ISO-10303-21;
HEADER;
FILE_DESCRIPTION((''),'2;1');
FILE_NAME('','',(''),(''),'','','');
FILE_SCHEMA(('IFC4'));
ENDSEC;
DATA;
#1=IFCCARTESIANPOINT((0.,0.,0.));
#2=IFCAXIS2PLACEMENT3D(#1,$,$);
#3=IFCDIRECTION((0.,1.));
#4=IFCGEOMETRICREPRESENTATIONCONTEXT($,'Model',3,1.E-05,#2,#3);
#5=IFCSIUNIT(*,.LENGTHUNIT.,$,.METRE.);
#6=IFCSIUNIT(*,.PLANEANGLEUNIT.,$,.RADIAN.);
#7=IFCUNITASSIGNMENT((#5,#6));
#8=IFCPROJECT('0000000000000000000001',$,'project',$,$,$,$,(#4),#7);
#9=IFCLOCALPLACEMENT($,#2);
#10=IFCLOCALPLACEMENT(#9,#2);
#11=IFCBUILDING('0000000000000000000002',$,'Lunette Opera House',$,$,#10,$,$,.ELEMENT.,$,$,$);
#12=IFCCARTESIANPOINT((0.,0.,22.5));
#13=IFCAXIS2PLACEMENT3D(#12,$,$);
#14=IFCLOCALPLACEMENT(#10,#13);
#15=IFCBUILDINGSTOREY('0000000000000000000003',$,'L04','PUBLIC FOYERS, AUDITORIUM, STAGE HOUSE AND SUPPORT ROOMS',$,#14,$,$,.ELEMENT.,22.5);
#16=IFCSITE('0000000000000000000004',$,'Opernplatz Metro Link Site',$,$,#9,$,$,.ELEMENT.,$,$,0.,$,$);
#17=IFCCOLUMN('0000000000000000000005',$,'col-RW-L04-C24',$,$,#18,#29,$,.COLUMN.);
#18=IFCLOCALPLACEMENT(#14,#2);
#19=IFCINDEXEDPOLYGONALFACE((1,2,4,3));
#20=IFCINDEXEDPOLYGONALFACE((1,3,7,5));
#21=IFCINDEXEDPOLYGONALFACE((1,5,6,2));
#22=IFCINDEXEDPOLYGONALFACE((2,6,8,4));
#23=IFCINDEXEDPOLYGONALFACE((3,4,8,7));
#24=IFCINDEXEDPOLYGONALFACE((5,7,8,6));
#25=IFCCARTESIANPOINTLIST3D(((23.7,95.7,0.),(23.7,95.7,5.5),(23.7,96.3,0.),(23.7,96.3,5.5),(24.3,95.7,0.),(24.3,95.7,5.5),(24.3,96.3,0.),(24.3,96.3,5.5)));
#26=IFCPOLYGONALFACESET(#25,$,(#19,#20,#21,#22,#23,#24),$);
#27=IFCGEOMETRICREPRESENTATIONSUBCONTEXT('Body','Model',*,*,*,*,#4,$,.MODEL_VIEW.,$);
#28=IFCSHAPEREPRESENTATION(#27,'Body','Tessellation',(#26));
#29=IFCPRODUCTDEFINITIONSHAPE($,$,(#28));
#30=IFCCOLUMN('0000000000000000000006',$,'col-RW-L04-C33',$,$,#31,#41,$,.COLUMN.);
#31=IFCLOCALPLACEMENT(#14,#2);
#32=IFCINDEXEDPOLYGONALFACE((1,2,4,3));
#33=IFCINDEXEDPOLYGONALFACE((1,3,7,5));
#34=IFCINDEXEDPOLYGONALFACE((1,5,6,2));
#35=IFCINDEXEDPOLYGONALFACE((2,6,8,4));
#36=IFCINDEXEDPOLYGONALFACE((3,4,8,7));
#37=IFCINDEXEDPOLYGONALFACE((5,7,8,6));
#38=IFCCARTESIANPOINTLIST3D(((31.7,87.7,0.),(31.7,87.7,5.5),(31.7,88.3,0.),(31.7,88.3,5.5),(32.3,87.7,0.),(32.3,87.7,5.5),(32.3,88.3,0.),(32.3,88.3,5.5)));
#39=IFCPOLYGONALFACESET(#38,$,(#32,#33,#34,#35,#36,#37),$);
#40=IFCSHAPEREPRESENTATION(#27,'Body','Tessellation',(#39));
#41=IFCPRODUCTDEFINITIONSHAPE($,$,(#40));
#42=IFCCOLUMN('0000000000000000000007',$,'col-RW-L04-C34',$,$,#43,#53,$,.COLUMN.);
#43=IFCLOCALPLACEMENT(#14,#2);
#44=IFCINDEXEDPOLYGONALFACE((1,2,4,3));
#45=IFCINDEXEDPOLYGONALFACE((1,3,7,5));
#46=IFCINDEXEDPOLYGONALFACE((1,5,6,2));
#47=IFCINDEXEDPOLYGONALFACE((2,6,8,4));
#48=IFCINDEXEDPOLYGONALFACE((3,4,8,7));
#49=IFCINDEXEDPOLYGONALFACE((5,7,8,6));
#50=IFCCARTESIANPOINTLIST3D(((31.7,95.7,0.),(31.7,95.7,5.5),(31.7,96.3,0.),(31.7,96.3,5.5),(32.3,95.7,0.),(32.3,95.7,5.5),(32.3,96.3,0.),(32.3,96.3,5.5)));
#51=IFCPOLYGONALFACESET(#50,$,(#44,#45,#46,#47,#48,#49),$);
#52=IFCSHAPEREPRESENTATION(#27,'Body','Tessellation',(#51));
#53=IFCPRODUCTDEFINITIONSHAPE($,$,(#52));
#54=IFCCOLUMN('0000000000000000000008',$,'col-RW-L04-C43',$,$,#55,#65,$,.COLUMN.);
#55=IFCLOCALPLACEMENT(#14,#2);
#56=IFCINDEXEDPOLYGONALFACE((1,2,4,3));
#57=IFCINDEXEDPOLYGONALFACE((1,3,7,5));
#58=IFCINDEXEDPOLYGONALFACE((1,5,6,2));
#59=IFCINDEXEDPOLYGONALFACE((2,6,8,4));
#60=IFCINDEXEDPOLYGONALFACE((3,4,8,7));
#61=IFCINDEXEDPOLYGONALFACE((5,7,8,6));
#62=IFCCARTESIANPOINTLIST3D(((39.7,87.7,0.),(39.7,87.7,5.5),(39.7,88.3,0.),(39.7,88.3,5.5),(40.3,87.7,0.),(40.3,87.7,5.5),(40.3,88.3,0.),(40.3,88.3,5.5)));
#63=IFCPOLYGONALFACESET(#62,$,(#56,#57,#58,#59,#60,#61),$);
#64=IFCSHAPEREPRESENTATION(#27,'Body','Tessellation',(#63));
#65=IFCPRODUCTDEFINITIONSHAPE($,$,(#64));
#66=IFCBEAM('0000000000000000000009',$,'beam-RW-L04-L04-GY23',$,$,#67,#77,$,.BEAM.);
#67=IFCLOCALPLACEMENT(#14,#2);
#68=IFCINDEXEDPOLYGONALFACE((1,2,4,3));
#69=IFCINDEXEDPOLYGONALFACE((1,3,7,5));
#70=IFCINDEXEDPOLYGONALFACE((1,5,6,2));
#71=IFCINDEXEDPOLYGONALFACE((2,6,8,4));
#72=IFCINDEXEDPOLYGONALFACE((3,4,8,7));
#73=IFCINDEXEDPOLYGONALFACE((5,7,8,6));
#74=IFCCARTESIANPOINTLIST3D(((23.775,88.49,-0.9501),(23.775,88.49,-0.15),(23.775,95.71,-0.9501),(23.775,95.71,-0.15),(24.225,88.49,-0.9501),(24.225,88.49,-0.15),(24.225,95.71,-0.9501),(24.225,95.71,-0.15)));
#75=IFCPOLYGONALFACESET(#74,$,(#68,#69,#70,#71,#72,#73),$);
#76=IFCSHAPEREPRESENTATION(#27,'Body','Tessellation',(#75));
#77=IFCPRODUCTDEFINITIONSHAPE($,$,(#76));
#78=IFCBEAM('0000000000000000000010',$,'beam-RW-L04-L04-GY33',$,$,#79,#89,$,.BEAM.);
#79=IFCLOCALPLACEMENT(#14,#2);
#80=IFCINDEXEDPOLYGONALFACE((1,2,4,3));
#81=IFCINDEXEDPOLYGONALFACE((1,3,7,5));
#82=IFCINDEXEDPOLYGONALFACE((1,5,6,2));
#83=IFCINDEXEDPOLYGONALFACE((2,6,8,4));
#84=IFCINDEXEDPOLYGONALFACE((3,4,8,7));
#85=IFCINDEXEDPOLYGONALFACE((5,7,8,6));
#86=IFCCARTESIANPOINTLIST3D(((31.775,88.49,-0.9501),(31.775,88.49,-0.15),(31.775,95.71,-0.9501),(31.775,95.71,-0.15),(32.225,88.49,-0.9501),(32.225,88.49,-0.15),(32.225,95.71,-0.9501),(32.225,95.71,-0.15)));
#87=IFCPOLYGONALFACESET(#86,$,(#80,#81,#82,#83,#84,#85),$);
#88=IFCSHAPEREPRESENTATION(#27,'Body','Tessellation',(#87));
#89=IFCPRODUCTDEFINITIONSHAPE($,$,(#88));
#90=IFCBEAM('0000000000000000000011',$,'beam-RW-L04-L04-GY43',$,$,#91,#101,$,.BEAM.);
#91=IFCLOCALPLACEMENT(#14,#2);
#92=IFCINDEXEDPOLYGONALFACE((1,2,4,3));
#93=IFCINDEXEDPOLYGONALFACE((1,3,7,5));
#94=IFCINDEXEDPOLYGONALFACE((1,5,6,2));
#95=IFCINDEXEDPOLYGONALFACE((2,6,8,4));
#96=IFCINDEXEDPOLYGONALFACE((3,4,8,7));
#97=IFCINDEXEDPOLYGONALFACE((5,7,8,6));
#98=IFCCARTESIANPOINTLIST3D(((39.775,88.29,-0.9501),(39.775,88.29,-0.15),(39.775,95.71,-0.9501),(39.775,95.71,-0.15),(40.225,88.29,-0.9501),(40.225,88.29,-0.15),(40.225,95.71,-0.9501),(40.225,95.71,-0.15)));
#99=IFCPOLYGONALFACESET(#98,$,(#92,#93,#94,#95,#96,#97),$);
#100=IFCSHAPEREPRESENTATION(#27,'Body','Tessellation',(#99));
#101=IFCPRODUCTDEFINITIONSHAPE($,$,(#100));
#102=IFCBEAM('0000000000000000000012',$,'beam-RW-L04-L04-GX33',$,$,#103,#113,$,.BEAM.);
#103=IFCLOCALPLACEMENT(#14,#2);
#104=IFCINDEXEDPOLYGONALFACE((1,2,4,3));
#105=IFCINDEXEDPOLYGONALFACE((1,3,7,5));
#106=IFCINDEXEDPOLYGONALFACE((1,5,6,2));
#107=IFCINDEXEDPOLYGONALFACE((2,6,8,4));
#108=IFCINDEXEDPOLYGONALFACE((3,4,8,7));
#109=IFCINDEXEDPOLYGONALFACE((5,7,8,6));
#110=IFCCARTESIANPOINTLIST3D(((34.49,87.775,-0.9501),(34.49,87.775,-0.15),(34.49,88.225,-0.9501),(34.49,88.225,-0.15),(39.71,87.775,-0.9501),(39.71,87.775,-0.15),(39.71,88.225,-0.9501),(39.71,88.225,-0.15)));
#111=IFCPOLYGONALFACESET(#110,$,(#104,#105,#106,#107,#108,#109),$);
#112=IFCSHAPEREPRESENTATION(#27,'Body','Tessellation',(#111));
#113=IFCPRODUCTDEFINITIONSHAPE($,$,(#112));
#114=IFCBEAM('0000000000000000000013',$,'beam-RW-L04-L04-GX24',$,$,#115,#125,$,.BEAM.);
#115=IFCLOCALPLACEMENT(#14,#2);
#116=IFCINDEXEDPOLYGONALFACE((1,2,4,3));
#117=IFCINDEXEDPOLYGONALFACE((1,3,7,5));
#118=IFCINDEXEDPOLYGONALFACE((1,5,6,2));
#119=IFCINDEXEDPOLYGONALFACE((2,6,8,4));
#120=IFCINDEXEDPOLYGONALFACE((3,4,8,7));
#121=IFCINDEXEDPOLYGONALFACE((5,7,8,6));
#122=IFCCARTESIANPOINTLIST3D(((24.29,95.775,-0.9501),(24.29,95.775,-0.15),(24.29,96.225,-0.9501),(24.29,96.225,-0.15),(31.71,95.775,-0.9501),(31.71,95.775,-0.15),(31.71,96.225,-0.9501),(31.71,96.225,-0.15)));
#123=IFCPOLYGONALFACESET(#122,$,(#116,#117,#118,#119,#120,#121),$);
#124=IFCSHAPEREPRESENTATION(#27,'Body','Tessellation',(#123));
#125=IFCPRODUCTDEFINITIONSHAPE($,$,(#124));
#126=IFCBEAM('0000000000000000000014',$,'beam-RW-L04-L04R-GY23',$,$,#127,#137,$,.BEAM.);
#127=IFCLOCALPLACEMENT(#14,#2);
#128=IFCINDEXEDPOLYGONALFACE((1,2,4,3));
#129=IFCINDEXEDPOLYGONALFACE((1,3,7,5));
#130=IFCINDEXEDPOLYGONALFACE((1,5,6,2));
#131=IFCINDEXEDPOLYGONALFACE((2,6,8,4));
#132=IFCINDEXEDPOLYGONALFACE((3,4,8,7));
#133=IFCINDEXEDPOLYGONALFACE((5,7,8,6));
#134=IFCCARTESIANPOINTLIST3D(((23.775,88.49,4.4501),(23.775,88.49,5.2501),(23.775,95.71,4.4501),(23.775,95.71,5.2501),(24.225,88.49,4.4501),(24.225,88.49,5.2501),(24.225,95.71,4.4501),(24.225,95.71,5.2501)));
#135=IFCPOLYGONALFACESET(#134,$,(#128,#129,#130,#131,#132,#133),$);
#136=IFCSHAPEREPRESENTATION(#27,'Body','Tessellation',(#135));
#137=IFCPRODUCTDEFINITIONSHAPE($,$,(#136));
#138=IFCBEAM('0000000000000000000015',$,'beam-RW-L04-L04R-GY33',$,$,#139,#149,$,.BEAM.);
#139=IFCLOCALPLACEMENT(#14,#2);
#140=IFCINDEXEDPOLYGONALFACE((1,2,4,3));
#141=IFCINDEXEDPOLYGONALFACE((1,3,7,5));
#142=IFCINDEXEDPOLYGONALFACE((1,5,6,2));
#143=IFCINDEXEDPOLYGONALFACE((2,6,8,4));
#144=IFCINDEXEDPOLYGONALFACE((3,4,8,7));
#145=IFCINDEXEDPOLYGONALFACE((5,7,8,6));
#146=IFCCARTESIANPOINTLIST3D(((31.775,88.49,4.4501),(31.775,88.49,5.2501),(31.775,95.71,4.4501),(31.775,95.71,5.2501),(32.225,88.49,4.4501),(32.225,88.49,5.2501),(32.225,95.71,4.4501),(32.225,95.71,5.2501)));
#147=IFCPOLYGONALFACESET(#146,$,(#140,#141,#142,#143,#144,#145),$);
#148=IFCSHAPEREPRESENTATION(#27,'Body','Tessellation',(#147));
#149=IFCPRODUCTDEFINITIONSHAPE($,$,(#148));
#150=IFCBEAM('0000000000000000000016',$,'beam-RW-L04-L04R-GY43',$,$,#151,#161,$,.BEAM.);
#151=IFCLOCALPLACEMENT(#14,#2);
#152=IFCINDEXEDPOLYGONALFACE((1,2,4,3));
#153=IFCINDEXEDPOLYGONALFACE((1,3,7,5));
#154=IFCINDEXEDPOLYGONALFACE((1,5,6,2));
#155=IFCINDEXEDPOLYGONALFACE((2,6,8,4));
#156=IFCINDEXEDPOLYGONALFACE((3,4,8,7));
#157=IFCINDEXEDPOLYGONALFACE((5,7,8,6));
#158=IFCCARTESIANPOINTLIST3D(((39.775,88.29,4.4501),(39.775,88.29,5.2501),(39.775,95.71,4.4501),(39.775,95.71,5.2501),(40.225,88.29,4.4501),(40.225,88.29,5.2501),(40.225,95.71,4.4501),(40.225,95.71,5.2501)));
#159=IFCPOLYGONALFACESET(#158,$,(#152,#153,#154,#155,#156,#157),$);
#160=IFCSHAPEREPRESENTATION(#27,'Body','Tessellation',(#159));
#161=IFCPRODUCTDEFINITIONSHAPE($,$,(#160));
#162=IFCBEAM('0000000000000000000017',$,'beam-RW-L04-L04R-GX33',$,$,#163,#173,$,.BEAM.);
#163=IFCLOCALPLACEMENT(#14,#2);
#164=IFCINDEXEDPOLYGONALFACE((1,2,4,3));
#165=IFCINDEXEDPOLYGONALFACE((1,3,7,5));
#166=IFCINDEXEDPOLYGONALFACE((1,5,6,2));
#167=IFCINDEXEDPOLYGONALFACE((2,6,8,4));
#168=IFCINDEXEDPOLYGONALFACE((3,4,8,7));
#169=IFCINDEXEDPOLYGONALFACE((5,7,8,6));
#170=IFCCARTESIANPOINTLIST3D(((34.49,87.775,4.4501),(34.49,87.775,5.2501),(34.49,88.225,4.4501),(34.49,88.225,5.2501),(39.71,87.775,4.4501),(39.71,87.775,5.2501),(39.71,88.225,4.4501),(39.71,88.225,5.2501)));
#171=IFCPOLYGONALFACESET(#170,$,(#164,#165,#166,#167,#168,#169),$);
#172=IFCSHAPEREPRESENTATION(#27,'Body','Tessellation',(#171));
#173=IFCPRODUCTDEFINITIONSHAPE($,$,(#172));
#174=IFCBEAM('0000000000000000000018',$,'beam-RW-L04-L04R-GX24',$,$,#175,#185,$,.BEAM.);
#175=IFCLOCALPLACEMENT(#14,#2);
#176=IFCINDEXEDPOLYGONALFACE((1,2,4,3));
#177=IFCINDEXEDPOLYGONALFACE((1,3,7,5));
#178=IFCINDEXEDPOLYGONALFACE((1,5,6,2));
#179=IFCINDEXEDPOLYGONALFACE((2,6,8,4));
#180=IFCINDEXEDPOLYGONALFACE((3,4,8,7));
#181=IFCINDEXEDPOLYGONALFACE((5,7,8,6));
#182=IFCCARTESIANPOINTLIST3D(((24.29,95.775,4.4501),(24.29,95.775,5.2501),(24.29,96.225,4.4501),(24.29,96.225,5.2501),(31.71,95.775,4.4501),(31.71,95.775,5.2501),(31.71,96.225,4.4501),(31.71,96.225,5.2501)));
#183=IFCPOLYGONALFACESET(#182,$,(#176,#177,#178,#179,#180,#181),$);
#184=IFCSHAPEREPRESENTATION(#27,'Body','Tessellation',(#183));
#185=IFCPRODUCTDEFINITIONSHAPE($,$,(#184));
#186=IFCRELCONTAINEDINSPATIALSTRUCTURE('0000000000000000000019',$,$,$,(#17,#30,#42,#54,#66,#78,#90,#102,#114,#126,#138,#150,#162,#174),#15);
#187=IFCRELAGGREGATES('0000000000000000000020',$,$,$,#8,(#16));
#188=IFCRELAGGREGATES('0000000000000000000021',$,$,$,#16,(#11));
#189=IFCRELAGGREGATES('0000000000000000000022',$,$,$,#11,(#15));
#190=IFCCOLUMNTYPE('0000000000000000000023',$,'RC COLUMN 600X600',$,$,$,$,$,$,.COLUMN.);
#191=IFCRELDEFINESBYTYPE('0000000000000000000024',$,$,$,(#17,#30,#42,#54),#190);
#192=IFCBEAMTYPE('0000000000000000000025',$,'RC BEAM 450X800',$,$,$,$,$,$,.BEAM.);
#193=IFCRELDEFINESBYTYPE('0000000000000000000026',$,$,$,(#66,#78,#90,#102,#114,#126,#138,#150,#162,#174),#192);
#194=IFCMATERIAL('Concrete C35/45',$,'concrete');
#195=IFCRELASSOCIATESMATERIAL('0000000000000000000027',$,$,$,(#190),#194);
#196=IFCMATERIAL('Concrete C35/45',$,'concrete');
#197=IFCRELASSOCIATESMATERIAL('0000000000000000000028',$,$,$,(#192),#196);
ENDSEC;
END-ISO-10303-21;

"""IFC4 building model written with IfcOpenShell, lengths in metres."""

from ifc_helpers import new_model, si_unit, direction, frame, origin, origin_2d, place, context, subcontext, project, spatial, rectangle, extrude, material, material_profile, profile_set, type_object, element, save


model = new_model("IFC4")

# Units and contexts
model_context = context("Model", 3, precision=1e-05, world=origin(), true_north=direction((0.0, 1.0)))
body_context = subcontext(model_context, "Body", "Model", "MODEL_VIEW")
ifc_project = project(units=[si_unit("LENGTHUNIT", "METRE"), si_unit("PLANEANGLEUNIT", "RADIAN")], contexts=[model_context])

# Site, building, storey
site_placement = place(None, origin())
site = spatial("IfcSite", under=ifc_project, at=site_placement, Name="Opernplatz Metro Link Site", CompositionType="ELEMENT", RefElevation=0.0)
building_placement = place(site_placement, origin())
building = spatial("IfcBuilding", under=site, at=building_placement, Name="Lunette Opera House", CompositionType="ELEMENT")
storey_placement = place(building_placement, frame((0.0, 0.0, 22.5)))
storey = spatial("IfcBuildingStorey", under=building, at=storey_placement, Name="L04", Description="PUBLIC FOYERS, AUDITORIUM, STAGE HOUSE AND SUPPORT ROOMS", CompositionType="ELEMENT", Elevation=22.5)

# Columns
ifc_material_1 = material(Name="Concrete C35/45", Category="concrete")
ifc_material_profile_1 = material_profile(ifc_material_1, rectangle(XDim=0.6001, YDim=0.6001, at=origin_2d()), Name="RC COLUMN 600X600")
ifc_profile_set_1 = profile_set([ifc_material_profile_1], Name="Concrete C35/45")
column_type = type_object("IfcColumnType", Name="RC COLUMN 600X600", PredefinedType="COLUMN", material=ifc_profile_set_1)
for number, where, z_axis, x_axis, name in (
    (1, (24.0, 96.0, 0.0), (0.0, 0.0, 1.0), (1.0, 0.0, 0.0), "col-RW-L04-C24"),
    (2, (32.0, 88.0, 0.0), (0.0, 0.0, 1.0), (1.0, 0.0, 0.0), "col-RW-L04-C33"),
    (3, (32.0, 96.0, 0.0), (0.0, 0.0, 1.0), (1.0, 0.0, 0.0), "col-RW-L04-C34"),
    (4, (40.0, 88.0, 0.0), (0.0, 0.0, 1.0), (1.0, 0.0, 0.0), "col-RW-L04-C43"),
):
    element("IfcColumn", number, at=place(storey_placement, frame(where, z_axis=z_axis, x_axis=x_axis)), inside=storey, type_object=column_type, Name=name, PredefinedType="COLUMN", context=body_context, shape_type="SweptSolid", body=[
        extrude(rectangle(XDim=0.6001, YDim=0.6001, at=origin_2d()), origin(), (0.0, 0.0, 1.0), 5.5),
    ])

# Beams
ifc_material_2 = material(Name="Concrete C35/45", Category="concrete")
ifc_material_profile_2 = material_profile(ifc_material_2, rectangle(XDim=0.45, YDim=0.8, at=origin_2d()), Name="RC BEAM 450X800")
ifc_profile_set_2 = profile_set([ifc_material_profile_2], Name="Concrete C35/45")
beam_type_1 = type_object("IfcBeamType", Name="RC BEAM 450X800", PredefinedType="BEAM", material=ifc_profile_set_2)
for number, where, z_axis, x_axis, name in (
    (5, (24.0, 88.49, -0.55), (0.0, 1.0, 0.0), (-1.0, 0.0, 0.0), "beam-RW-L04-L04-GY23"),
    (6, (32.0, 88.49, -0.55), (0.0, 1.0, 0.0), (-1.0, 0.0, 0.0), "beam-RW-L04-L04-GY33"),
):
    element("IfcBeam", number, at=place(storey_placement, frame(where, z_axis=z_axis, x_axis=x_axis)), inside=storey, type_object=beam_type_1, Name=name, PredefinedType="BEAM", context=body_context, shape_type="SweptSolid", body=[
        extrude(rectangle(XDim=0.45, YDim=0.8, at=origin_2d()), origin(), (0.0, 0.0, 1.0), 7.22),
    ])
beam_1_placement = place(storey_placement, frame((40.0, 88.29, -0.55), z_axis=(0.0, 1.0, 0.0), x_axis=(-1.0, 0.0, 0.0)))
element("IfcBeam", 7, at=beam_1_placement, inside=storey, type_object=beam_type_1, Name="beam-RW-L04-L04-GY43", PredefinedType="BEAM", context=body_context, shape_type="SweptSolid", body=[
    extrude(rectangle(XDim=0.45, YDim=0.8, at=origin_2d()), origin(), (0.0, 0.0, 1.0), 7.4199),
])
beam_2_placement = place(storey_placement, frame((34.49, 88.0, -0.55), z_axis=(1.0, 0.0, 0.0), x_axis=(0.0, 1.0, 0.0)))
element("IfcBeam", 8, at=beam_2_placement, inside=storey, type_object=beam_type_1, Name="beam-RW-L04-L04-GX33", PredefinedType="BEAM", context=body_context, shape_type="SweptSolid", body=[
    extrude(rectangle(XDim=0.45, YDim=0.8, at=origin_2d()), origin(), (0.0, 0.0, 1.0), 5.22),
])
beam_3_placement = place(storey_placement, frame((24.29, 96.0, -0.55), z_axis=(1.0, 0.0, 0.0), x_axis=(0.0, 1.0, 0.0)))
element("IfcBeam", 9, at=beam_3_placement, inside=storey, type_object=beam_type_1, Name="beam-RW-L04-L04-GX24", PredefinedType="BEAM", context=body_context, shape_type="SweptSolid", body=[
    extrude(rectangle(XDim=0.45, YDim=0.8, at=origin_2d()), origin(), (0.0, 0.0, 1.0), 7.4199),
])
for number, where, z_axis, x_axis, name in (
    (10, (24.0, 88.49, 4.8501), (0.0, 1.0, 0.0), (-1.0, 0.0, 0.0), "beam-RW-L04-L04R-GY23"),
    (11, (32.0, 88.49, 4.8501), (0.0, 1.0, 0.0), (-1.0, 0.0, 0.0), "beam-RW-L04-L04R-GY33"),
):
    element("IfcBeam", number, at=place(storey_placement, frame(where, z_axis=z_axis, x_axis=x_axis)), inside=storey, type_object=beam_type_1, Name=name, PredefinedType="BEAM", context=body_context, shape_type="SweptSolid", body=[
        extrude(rectangle(XDim=0.45, YDim=0.8, at=origin_2d()), origin(), (0.0, 0.0, 1.0), 7.22),
    ])
beam_4_placement = place(storey_placement, frame((40.0, 88.29, 4.8501), z_axis=(0.0, 1.0, 0.0), x_axis=(-1.0, 0.0, 0.0)))
element("IfcBeam", 12, at=beam_4_placement, inside=storey, type_object=beam_type_1, Name="beam-RW-L04-L04R-GY43", PredefinedType="BEAM", context=body_context, shape_type="SweptSolid", body=[
    extrude(rectangle(XDim=0.45, YDim=0.8, at=origin_2d()), origin(), (0.0, 0.0, 1.0), 7.4199),
])
beam_5_placement = place(storey_placement, frame((34.49, 88.0, 4.8501), z_axis=(1.0, 0.0, 0.0), x_axis=(0.0, 1.0, 0.0)))
element("IfcBeam", 13, at=beam_5_placement, inside=storey, type_object=beam_type_1, Name="beam-RW-L04-L04R-GX33", PredefinedType="BEAM", context=body_context, shape_type="SweptSolid", body=[
    extrude(rectangle(XDim=0.45, YDim=0.8, at=origin_2d()), origin(), (0.0, 0.0, 1.0), 5.22),
])
beam_6_placement = place(storey_placement, frame((24.29, 96.0, 4.8501), z_axis=(1.0, 0.0, 0.0), x_axis=(0.0, 1.0, 0.0)))
element("IfcBeam", 14, at=beam_6_placement, inside=storey, type_object=beam_type_1, Name="beam-RW-L04-L04R-GX24", PredefinedType="BEAM", context=body_context, shape_type="SweptSolid", body=[
    extrude(rectangle(XDim=0.45, YDim=0.8, at=origin_2d()), origin(), (0.0, 0.0, 1.0), 7.4199),
])

save(model, "model.ifc")
